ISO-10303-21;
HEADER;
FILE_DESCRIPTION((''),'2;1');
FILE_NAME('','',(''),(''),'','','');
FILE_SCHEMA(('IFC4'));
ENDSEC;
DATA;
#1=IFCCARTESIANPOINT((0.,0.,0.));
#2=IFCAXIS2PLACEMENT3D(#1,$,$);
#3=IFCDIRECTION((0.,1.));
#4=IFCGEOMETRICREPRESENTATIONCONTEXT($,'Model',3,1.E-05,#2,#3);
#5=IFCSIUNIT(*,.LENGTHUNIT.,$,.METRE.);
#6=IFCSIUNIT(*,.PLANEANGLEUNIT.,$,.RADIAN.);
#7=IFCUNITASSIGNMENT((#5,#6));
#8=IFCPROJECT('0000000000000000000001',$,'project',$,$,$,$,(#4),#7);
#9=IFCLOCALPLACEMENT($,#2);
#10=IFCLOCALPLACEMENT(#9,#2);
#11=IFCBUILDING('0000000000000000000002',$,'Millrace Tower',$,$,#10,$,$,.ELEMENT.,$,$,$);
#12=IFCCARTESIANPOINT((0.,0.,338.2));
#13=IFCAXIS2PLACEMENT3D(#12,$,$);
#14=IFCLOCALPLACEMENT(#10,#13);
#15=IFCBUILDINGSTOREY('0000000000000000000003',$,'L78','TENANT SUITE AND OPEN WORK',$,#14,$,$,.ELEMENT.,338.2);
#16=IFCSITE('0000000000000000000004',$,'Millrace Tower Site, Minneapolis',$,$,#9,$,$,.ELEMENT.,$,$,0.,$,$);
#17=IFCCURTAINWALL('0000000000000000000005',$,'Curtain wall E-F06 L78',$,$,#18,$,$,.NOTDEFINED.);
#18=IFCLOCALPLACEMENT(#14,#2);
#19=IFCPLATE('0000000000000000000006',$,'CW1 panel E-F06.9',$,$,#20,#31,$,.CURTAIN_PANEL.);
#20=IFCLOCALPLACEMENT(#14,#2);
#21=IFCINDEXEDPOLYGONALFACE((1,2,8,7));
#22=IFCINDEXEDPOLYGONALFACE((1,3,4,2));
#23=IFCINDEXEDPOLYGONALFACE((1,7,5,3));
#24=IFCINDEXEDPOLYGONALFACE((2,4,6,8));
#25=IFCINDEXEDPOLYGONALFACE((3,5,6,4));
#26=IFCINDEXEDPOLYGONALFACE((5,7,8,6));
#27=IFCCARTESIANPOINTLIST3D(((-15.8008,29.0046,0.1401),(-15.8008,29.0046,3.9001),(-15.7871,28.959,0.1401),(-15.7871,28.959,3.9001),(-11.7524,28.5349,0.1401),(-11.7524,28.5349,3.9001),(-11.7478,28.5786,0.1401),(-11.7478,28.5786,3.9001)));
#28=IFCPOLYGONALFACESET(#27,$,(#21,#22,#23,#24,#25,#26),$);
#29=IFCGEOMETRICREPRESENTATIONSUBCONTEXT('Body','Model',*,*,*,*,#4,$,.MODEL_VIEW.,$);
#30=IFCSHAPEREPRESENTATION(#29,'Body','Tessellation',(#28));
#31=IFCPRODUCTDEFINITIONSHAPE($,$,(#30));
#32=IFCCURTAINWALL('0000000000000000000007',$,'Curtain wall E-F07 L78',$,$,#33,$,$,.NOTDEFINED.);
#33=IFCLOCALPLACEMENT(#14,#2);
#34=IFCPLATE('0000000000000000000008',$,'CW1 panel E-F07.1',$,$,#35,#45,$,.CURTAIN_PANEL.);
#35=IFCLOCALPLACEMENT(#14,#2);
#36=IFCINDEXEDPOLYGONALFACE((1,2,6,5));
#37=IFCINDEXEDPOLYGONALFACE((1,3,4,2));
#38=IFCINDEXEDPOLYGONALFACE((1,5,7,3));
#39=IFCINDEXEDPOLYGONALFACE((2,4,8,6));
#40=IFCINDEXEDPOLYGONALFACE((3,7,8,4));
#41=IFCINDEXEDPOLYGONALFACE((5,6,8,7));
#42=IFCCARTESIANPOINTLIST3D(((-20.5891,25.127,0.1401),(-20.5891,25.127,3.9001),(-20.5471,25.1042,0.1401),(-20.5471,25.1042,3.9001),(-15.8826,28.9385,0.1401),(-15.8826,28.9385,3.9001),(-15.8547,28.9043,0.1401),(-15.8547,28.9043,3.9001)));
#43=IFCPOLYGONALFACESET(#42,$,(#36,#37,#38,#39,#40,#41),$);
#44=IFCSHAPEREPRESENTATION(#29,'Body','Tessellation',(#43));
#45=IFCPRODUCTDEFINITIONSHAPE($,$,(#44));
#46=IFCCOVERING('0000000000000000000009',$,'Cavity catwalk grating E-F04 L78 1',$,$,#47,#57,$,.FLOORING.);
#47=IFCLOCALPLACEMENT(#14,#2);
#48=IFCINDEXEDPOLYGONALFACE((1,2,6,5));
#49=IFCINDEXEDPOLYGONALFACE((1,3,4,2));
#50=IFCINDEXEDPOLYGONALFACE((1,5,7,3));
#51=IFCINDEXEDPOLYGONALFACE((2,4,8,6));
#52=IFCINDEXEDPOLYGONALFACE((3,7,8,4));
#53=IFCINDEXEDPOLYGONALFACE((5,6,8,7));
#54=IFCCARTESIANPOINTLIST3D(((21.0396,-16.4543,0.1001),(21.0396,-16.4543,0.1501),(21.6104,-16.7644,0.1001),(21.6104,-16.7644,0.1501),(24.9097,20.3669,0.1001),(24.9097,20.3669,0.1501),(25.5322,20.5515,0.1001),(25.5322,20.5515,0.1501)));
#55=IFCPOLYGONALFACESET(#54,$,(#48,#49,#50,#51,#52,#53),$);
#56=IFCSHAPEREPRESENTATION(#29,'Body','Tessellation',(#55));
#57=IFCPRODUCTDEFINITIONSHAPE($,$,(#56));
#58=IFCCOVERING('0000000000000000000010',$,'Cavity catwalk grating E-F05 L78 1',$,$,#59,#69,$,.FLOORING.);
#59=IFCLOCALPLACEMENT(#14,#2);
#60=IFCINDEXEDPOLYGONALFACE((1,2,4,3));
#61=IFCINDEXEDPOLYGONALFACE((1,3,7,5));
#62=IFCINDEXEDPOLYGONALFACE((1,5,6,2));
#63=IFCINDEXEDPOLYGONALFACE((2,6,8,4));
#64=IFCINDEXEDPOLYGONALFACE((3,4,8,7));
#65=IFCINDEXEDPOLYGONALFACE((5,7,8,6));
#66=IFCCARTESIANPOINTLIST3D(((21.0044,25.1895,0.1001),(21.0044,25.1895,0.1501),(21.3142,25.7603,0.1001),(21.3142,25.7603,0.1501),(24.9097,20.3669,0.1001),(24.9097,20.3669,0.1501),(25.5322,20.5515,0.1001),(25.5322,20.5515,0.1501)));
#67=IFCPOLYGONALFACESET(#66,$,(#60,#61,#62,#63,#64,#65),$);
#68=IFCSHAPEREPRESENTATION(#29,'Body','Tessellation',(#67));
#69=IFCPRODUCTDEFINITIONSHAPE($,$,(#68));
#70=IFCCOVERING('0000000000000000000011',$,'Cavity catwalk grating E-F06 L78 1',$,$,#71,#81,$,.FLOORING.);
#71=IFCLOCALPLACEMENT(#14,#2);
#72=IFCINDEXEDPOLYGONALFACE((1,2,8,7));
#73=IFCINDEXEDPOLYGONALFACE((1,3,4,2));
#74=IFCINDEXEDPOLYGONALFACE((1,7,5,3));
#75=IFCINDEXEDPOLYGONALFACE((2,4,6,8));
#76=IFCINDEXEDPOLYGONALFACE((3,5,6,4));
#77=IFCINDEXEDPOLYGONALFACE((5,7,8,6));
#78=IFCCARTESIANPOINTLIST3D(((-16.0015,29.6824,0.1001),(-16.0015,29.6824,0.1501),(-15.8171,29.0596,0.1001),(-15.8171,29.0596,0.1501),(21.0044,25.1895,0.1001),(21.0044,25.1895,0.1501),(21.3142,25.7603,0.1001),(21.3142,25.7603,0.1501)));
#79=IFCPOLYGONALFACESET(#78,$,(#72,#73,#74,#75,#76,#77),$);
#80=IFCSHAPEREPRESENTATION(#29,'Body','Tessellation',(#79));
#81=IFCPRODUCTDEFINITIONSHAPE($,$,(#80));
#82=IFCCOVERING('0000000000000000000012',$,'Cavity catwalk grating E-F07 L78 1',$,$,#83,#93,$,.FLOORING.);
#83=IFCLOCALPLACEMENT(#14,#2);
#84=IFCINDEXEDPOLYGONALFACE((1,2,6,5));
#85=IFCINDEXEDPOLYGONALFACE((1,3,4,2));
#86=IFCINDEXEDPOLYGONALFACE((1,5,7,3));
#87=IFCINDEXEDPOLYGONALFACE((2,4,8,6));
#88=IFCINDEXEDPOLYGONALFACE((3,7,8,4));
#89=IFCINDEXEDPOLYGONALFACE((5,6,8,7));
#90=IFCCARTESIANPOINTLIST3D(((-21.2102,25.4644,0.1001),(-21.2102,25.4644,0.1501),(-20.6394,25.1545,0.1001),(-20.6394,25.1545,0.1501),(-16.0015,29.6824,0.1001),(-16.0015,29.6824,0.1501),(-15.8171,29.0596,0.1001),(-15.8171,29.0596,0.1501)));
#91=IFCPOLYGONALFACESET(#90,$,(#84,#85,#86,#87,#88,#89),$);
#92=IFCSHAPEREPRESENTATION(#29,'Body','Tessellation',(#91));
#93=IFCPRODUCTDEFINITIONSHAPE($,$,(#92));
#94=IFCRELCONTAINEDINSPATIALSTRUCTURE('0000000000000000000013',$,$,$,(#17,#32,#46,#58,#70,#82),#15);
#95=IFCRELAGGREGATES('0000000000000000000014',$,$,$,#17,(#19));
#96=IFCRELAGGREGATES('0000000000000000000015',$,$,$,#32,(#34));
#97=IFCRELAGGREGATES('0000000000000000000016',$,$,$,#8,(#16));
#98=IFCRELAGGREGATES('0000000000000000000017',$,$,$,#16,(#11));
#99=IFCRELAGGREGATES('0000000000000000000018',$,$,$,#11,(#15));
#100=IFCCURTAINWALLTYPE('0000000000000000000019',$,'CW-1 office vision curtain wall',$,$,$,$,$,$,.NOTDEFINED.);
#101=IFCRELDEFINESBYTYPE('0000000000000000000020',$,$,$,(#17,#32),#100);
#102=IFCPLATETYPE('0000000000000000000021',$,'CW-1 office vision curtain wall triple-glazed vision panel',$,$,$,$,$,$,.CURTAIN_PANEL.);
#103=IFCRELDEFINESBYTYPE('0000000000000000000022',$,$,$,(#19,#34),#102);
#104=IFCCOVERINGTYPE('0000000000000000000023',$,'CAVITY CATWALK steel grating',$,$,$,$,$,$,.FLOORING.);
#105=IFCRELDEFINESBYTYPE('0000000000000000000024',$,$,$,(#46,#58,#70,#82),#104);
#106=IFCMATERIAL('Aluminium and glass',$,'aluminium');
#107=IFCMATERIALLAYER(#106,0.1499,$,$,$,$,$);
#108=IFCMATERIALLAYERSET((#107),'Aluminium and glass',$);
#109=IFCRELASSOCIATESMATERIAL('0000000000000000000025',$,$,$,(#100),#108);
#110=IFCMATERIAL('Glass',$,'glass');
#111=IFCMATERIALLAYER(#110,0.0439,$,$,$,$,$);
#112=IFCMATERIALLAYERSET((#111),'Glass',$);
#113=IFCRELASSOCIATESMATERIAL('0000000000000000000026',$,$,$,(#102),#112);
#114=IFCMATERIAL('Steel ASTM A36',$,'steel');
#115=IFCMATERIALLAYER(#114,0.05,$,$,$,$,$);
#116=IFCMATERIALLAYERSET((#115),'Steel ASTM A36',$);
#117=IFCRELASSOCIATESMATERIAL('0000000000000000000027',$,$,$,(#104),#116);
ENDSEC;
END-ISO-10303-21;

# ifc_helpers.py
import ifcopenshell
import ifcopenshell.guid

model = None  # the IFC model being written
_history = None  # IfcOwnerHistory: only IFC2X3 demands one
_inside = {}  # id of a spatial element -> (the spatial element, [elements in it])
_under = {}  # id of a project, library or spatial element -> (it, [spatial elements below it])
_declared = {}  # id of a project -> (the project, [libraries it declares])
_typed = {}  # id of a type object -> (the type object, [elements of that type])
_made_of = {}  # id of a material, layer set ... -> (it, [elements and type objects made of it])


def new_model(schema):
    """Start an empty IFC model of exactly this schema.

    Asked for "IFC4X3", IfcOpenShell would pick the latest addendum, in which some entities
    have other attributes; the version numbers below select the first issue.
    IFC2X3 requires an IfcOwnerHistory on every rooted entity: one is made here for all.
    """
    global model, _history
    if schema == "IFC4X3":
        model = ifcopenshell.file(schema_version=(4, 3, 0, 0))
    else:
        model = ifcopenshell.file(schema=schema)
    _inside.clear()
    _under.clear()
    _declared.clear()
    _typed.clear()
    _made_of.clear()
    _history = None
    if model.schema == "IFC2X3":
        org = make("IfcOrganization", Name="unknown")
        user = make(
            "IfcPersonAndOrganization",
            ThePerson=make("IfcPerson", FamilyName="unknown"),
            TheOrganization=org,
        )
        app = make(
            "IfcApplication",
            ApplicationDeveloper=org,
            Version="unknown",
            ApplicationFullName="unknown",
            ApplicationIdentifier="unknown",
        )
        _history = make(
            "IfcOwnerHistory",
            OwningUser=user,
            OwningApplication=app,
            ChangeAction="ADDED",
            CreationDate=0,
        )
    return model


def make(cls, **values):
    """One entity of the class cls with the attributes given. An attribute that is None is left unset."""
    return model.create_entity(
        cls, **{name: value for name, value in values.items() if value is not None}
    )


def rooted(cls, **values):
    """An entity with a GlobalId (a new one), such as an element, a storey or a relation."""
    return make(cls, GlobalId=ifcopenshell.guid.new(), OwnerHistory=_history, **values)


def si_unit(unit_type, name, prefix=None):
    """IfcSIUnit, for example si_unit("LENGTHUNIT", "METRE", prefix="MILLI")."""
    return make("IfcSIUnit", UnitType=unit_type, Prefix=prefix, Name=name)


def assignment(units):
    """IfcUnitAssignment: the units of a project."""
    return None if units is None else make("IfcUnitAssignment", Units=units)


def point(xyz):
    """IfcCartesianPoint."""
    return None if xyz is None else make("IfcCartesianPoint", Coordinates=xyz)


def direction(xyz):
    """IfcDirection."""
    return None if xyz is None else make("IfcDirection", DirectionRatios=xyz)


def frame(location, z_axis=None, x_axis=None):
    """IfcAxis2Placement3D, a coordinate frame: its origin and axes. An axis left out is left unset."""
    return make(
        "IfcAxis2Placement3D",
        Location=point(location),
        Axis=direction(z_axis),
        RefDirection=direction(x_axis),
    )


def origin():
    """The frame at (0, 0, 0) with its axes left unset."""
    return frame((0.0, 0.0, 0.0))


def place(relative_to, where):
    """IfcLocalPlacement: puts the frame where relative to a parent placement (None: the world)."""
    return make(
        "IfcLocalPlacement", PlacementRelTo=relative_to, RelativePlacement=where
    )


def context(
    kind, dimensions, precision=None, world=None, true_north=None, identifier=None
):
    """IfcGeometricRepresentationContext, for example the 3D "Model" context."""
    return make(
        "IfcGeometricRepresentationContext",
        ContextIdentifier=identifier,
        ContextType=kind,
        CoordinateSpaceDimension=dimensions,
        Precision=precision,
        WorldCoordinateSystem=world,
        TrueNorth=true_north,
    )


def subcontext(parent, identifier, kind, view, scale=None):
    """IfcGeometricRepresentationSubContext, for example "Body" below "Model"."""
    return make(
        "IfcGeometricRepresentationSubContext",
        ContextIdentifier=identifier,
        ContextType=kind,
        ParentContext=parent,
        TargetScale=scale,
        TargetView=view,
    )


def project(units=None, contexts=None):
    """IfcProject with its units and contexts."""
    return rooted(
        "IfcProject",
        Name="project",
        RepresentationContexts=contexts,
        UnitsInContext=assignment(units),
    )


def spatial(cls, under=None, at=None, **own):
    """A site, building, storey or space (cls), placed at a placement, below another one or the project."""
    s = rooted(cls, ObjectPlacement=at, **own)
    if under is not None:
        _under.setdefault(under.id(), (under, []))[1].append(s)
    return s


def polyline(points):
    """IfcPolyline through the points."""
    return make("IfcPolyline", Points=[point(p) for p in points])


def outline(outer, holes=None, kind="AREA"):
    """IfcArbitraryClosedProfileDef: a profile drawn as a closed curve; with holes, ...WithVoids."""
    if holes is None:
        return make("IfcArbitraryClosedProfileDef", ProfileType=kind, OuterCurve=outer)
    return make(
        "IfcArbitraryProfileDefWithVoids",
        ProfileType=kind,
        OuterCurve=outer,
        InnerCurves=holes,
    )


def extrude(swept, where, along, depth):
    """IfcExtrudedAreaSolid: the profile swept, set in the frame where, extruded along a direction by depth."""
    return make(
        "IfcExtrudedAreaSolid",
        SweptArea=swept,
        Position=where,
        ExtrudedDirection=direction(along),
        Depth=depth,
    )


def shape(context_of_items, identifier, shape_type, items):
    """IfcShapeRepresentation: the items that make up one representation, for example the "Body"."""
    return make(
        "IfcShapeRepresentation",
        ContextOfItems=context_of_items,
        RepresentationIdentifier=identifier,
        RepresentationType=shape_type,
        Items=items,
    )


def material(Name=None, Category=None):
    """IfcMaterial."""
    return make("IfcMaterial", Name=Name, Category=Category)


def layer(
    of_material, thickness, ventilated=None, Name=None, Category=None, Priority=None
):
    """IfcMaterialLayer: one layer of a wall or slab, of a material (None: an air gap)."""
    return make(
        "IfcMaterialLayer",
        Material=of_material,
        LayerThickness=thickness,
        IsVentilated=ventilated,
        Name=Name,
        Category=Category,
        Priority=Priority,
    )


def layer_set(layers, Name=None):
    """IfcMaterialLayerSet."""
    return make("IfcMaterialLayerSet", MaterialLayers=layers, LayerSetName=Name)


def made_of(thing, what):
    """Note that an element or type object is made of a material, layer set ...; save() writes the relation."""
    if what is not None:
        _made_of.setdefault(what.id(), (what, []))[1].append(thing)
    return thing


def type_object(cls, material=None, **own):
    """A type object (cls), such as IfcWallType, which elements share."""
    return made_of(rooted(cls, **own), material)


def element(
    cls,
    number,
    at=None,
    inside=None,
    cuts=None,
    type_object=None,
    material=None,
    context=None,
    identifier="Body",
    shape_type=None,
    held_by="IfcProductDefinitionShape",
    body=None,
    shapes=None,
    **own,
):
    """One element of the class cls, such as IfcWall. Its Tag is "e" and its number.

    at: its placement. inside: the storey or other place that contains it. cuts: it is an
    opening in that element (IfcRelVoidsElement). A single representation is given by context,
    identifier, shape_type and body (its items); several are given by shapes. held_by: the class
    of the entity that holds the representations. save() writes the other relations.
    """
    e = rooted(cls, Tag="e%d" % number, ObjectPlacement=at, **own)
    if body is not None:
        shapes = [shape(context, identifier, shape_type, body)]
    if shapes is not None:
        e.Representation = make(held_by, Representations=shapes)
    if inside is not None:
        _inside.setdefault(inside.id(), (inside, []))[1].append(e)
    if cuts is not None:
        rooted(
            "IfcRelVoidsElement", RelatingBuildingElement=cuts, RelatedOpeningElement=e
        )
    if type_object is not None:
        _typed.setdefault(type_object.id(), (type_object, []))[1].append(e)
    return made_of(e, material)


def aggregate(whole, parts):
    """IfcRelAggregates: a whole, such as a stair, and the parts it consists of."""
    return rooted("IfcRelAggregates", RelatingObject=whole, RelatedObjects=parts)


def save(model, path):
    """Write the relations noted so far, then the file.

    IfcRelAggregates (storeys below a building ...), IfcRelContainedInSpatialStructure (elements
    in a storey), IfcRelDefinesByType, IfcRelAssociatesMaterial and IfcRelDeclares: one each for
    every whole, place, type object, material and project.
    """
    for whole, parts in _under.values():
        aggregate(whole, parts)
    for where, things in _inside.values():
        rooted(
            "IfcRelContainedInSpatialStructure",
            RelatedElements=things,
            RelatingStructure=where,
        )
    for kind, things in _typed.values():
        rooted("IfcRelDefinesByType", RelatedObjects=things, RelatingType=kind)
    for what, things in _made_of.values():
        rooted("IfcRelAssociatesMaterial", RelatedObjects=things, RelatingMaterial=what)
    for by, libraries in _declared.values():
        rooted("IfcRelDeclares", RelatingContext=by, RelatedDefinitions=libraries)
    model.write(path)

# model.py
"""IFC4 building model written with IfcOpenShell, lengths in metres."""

from ifc_helpers import new_model, si_unit, direction, frame, origin, place, context, subcontext, project, spatial, polyline, outline, extrude, material, layer, layer_set, type_object, element, aggregate, save


model = new_model("IFC4")

# Units and contexts
model_context = context("Model", 3, precision=1e-05, world=origin(), true_north=direction((0.0, 1.0)))
body_context = subcontext(model_context, "Body", "Model", "MODEL_VIEW")
ifc_project = project(units=[si_unit("LENGTHUNIT", "METRE"), si_unit("PLANEANGLEUNIT", "RADIAN")], contexts=[model_context])

# Site, building, storey
site_placement = place(None, origin())
site = spatial("IfcSite", under=ifc_project, at=site_placement, Name="Millrace Tower Site, Minneapolis", CompositionType="ELEMENT", RefElevation=0.0)
building_placement = place(site_placement, origin())
building = spatial("IfcBuilding", under=site, at=building_placement, Name="Millrace Tower", CompositionType="ELEMENT")
storey_placement = place(building_placement, frame((0.0, 0.0, 338.2)))
storey = spatial("IfcBuildingStorey", under=building, at=storey_placement, Name="L78", Description="TENANT SUITE AND OPEN WORK", CompositionType="ELEMENT", Elevation=338.2)

# Shared definitions
ifc_material_1 = material(Name="Aluminium and glass", Category="aluminium")
ifc_layer_1 = layer(ifc_material_1, 0.1499)
ifc_layer_set_1 = layer_set([ifc_layer_1], Name="Aluminium and glass")
curtain_wall_type = type_object("IfcCurtainWallType", Name="CW-1 office vision curtain wall", PredefinedType="NOTDEFINED", material=ifc_layer_set_1)
placement_1 = place(storey_placement, origin())
ifc_material_2 = material(Name="Glass", Category="glass")
ifc_layer_2 = layer(ifc_material_2, 0.0439)
ifc_layer_set_2 = layer_set([ifc_layer_2], Name="Glass")
plate_type = type_object("IfcPlateType", Name="CW-1 office vision curtain wall triple-glazed vision panel", PredefinedType="CURTAIN_PANEL", material=ifc_layer_set_2)
placement_2 = place(storey_placement, frame((0.0, 0.0, 0.1401)))

# Curtain wall, plate
curtain_wall_1 = element("IfcCurtainWall", 1, at=placement_1, inside=storey, type_object=curtain_wall_type, Name="Curtain wall E-F06 L78", PredefinedType="NOTDEFINED")
plate_1 = element("IfcPlate", 2, at=placement_2, type_object=plate_type, Name="CW1 panel E-F06.9", PredefinedType="CURTAIN_PANEL", context=body_context, shape_type="SweptSolid", body=[
    extrude(outline(polyline([(-11.7478, 28.5786), (-15.8008, 29.0046), (-15.7871, 28.959), (-11.7524, 28.5349), (-11.7478, 28.5786)])), origin(), (0.0, 0.0, 1.0), 3.76),
])
aggregate(curtain_wall_1, [plate_1])

# Curtain wall, plate
curtain_wall_2 = element("IfcCurtainWall", 3, at=placement_1, inside=storey, type_object=curtain_wall_type, Name="Curtain wall E-F07 L78", PredefinedType="NOTDEFINED")
plate_2 = element("IfcPlate", 4, at=placement_2, type_object=plate_type, Name="CW1 panel E-F07.1", PredefinedType="CURTAIN_PANEL", context=body_context, shape_type="SweptSolid", body=[
    extrude(outline(polyline([(-15.8826, 28.9385), (-20.5891, 25.127), (-20.5471, 25.1042), (-15.8547, 28.9043), (-15.8826, 28.9385)])), origin(), (0.0, 0.0, 1.0), 3.76),
])
aggregate(curtain_wall_2, [plate_2])

# Coverings
ifc_material_3 = material(Name="Steel ASTM A36", Category="steel")
ifc_layer_3 = layer(ifc_material_3, 0.05)
ifc_layer_set_3 = layer_set([ifc_layer_3], Name="Steel ASTM A36")
covering_type = type_object("IfcCoveringType", Name="CAVITY CATWALK steel grating", PredefinedType="FLOORING", material=ifc_layer_set_3)
placement_3 = place(storey_placement, frame((0.0, 0.0, 0.1001)))
element("IfcCovering", 5, at=placement_3, inside=storey, type_object=covering_type, Name="Cavity catwalk grating E-F04 L78 1", PredefinedType="FLOORING", context=body_context, shape_type="SweptSolid", body=[
    extrude(outline(polyline([(21.6104, -16.7644), (25.5322, 20.5515), (24.9097, 20.3669), (21.0396, -16.4543), (21.6104, -16.7644)])), origin(), (0.0, 0.0, 1.0), 0.05),
])
element("IfcCovering", 6, at=placement_3, inside=storey, type_object=covering_type, Name="Cavity catwalk grating E-F05 L78 1", PredefinedType="FLOORING", context=body_context, shape_type="SweptSolid", body=[
    extrude(outline(polyline([(25.5322, 20.5515), (21.3142, 25.7603), (21.0044, 25.1895), (24.9097, 20.3669), (25.5322, 20.5515)])), origin(), (0.0, 0.0, 1.0), 0.05),
])
element("IfcCovering", 7, at=placement_3, inside=storey, type_object=covering_type, Name="Cavity catwalk grating E-F06 L78 1", PredefinedType="FLOORING", context=body_context, shape_type="SweptSolid", body=[
    extrude(outline(polyline([(21.3142, 25.7603), (-16.0015, 29.6824), (-15.8171, 29.0596), (21.0044, 25.1895), (21.3142, 25.7603)])), origin(), (0.0, 0.0, 1.0), 0.05),
])
element("IfcCovering", 8, at=placement_3, inside=storey, type_object=covering_type, Name="Cavity catwalk grating E-F07 L78 1", PredefinedType="FLOORING", context=body_context, shape_type="SweptSolid", body=[
    extrude(outline(polyline([(-16.0015, 29.6824), (-21.2102, 25.4644), (-20.6394, 25.1545), (-15.8171, 29.0596), (-16.0015, 29.6824)])), origin(), (0.0, 0.0, 1.0), 0.05),
])

save(model, "model.ifc")
